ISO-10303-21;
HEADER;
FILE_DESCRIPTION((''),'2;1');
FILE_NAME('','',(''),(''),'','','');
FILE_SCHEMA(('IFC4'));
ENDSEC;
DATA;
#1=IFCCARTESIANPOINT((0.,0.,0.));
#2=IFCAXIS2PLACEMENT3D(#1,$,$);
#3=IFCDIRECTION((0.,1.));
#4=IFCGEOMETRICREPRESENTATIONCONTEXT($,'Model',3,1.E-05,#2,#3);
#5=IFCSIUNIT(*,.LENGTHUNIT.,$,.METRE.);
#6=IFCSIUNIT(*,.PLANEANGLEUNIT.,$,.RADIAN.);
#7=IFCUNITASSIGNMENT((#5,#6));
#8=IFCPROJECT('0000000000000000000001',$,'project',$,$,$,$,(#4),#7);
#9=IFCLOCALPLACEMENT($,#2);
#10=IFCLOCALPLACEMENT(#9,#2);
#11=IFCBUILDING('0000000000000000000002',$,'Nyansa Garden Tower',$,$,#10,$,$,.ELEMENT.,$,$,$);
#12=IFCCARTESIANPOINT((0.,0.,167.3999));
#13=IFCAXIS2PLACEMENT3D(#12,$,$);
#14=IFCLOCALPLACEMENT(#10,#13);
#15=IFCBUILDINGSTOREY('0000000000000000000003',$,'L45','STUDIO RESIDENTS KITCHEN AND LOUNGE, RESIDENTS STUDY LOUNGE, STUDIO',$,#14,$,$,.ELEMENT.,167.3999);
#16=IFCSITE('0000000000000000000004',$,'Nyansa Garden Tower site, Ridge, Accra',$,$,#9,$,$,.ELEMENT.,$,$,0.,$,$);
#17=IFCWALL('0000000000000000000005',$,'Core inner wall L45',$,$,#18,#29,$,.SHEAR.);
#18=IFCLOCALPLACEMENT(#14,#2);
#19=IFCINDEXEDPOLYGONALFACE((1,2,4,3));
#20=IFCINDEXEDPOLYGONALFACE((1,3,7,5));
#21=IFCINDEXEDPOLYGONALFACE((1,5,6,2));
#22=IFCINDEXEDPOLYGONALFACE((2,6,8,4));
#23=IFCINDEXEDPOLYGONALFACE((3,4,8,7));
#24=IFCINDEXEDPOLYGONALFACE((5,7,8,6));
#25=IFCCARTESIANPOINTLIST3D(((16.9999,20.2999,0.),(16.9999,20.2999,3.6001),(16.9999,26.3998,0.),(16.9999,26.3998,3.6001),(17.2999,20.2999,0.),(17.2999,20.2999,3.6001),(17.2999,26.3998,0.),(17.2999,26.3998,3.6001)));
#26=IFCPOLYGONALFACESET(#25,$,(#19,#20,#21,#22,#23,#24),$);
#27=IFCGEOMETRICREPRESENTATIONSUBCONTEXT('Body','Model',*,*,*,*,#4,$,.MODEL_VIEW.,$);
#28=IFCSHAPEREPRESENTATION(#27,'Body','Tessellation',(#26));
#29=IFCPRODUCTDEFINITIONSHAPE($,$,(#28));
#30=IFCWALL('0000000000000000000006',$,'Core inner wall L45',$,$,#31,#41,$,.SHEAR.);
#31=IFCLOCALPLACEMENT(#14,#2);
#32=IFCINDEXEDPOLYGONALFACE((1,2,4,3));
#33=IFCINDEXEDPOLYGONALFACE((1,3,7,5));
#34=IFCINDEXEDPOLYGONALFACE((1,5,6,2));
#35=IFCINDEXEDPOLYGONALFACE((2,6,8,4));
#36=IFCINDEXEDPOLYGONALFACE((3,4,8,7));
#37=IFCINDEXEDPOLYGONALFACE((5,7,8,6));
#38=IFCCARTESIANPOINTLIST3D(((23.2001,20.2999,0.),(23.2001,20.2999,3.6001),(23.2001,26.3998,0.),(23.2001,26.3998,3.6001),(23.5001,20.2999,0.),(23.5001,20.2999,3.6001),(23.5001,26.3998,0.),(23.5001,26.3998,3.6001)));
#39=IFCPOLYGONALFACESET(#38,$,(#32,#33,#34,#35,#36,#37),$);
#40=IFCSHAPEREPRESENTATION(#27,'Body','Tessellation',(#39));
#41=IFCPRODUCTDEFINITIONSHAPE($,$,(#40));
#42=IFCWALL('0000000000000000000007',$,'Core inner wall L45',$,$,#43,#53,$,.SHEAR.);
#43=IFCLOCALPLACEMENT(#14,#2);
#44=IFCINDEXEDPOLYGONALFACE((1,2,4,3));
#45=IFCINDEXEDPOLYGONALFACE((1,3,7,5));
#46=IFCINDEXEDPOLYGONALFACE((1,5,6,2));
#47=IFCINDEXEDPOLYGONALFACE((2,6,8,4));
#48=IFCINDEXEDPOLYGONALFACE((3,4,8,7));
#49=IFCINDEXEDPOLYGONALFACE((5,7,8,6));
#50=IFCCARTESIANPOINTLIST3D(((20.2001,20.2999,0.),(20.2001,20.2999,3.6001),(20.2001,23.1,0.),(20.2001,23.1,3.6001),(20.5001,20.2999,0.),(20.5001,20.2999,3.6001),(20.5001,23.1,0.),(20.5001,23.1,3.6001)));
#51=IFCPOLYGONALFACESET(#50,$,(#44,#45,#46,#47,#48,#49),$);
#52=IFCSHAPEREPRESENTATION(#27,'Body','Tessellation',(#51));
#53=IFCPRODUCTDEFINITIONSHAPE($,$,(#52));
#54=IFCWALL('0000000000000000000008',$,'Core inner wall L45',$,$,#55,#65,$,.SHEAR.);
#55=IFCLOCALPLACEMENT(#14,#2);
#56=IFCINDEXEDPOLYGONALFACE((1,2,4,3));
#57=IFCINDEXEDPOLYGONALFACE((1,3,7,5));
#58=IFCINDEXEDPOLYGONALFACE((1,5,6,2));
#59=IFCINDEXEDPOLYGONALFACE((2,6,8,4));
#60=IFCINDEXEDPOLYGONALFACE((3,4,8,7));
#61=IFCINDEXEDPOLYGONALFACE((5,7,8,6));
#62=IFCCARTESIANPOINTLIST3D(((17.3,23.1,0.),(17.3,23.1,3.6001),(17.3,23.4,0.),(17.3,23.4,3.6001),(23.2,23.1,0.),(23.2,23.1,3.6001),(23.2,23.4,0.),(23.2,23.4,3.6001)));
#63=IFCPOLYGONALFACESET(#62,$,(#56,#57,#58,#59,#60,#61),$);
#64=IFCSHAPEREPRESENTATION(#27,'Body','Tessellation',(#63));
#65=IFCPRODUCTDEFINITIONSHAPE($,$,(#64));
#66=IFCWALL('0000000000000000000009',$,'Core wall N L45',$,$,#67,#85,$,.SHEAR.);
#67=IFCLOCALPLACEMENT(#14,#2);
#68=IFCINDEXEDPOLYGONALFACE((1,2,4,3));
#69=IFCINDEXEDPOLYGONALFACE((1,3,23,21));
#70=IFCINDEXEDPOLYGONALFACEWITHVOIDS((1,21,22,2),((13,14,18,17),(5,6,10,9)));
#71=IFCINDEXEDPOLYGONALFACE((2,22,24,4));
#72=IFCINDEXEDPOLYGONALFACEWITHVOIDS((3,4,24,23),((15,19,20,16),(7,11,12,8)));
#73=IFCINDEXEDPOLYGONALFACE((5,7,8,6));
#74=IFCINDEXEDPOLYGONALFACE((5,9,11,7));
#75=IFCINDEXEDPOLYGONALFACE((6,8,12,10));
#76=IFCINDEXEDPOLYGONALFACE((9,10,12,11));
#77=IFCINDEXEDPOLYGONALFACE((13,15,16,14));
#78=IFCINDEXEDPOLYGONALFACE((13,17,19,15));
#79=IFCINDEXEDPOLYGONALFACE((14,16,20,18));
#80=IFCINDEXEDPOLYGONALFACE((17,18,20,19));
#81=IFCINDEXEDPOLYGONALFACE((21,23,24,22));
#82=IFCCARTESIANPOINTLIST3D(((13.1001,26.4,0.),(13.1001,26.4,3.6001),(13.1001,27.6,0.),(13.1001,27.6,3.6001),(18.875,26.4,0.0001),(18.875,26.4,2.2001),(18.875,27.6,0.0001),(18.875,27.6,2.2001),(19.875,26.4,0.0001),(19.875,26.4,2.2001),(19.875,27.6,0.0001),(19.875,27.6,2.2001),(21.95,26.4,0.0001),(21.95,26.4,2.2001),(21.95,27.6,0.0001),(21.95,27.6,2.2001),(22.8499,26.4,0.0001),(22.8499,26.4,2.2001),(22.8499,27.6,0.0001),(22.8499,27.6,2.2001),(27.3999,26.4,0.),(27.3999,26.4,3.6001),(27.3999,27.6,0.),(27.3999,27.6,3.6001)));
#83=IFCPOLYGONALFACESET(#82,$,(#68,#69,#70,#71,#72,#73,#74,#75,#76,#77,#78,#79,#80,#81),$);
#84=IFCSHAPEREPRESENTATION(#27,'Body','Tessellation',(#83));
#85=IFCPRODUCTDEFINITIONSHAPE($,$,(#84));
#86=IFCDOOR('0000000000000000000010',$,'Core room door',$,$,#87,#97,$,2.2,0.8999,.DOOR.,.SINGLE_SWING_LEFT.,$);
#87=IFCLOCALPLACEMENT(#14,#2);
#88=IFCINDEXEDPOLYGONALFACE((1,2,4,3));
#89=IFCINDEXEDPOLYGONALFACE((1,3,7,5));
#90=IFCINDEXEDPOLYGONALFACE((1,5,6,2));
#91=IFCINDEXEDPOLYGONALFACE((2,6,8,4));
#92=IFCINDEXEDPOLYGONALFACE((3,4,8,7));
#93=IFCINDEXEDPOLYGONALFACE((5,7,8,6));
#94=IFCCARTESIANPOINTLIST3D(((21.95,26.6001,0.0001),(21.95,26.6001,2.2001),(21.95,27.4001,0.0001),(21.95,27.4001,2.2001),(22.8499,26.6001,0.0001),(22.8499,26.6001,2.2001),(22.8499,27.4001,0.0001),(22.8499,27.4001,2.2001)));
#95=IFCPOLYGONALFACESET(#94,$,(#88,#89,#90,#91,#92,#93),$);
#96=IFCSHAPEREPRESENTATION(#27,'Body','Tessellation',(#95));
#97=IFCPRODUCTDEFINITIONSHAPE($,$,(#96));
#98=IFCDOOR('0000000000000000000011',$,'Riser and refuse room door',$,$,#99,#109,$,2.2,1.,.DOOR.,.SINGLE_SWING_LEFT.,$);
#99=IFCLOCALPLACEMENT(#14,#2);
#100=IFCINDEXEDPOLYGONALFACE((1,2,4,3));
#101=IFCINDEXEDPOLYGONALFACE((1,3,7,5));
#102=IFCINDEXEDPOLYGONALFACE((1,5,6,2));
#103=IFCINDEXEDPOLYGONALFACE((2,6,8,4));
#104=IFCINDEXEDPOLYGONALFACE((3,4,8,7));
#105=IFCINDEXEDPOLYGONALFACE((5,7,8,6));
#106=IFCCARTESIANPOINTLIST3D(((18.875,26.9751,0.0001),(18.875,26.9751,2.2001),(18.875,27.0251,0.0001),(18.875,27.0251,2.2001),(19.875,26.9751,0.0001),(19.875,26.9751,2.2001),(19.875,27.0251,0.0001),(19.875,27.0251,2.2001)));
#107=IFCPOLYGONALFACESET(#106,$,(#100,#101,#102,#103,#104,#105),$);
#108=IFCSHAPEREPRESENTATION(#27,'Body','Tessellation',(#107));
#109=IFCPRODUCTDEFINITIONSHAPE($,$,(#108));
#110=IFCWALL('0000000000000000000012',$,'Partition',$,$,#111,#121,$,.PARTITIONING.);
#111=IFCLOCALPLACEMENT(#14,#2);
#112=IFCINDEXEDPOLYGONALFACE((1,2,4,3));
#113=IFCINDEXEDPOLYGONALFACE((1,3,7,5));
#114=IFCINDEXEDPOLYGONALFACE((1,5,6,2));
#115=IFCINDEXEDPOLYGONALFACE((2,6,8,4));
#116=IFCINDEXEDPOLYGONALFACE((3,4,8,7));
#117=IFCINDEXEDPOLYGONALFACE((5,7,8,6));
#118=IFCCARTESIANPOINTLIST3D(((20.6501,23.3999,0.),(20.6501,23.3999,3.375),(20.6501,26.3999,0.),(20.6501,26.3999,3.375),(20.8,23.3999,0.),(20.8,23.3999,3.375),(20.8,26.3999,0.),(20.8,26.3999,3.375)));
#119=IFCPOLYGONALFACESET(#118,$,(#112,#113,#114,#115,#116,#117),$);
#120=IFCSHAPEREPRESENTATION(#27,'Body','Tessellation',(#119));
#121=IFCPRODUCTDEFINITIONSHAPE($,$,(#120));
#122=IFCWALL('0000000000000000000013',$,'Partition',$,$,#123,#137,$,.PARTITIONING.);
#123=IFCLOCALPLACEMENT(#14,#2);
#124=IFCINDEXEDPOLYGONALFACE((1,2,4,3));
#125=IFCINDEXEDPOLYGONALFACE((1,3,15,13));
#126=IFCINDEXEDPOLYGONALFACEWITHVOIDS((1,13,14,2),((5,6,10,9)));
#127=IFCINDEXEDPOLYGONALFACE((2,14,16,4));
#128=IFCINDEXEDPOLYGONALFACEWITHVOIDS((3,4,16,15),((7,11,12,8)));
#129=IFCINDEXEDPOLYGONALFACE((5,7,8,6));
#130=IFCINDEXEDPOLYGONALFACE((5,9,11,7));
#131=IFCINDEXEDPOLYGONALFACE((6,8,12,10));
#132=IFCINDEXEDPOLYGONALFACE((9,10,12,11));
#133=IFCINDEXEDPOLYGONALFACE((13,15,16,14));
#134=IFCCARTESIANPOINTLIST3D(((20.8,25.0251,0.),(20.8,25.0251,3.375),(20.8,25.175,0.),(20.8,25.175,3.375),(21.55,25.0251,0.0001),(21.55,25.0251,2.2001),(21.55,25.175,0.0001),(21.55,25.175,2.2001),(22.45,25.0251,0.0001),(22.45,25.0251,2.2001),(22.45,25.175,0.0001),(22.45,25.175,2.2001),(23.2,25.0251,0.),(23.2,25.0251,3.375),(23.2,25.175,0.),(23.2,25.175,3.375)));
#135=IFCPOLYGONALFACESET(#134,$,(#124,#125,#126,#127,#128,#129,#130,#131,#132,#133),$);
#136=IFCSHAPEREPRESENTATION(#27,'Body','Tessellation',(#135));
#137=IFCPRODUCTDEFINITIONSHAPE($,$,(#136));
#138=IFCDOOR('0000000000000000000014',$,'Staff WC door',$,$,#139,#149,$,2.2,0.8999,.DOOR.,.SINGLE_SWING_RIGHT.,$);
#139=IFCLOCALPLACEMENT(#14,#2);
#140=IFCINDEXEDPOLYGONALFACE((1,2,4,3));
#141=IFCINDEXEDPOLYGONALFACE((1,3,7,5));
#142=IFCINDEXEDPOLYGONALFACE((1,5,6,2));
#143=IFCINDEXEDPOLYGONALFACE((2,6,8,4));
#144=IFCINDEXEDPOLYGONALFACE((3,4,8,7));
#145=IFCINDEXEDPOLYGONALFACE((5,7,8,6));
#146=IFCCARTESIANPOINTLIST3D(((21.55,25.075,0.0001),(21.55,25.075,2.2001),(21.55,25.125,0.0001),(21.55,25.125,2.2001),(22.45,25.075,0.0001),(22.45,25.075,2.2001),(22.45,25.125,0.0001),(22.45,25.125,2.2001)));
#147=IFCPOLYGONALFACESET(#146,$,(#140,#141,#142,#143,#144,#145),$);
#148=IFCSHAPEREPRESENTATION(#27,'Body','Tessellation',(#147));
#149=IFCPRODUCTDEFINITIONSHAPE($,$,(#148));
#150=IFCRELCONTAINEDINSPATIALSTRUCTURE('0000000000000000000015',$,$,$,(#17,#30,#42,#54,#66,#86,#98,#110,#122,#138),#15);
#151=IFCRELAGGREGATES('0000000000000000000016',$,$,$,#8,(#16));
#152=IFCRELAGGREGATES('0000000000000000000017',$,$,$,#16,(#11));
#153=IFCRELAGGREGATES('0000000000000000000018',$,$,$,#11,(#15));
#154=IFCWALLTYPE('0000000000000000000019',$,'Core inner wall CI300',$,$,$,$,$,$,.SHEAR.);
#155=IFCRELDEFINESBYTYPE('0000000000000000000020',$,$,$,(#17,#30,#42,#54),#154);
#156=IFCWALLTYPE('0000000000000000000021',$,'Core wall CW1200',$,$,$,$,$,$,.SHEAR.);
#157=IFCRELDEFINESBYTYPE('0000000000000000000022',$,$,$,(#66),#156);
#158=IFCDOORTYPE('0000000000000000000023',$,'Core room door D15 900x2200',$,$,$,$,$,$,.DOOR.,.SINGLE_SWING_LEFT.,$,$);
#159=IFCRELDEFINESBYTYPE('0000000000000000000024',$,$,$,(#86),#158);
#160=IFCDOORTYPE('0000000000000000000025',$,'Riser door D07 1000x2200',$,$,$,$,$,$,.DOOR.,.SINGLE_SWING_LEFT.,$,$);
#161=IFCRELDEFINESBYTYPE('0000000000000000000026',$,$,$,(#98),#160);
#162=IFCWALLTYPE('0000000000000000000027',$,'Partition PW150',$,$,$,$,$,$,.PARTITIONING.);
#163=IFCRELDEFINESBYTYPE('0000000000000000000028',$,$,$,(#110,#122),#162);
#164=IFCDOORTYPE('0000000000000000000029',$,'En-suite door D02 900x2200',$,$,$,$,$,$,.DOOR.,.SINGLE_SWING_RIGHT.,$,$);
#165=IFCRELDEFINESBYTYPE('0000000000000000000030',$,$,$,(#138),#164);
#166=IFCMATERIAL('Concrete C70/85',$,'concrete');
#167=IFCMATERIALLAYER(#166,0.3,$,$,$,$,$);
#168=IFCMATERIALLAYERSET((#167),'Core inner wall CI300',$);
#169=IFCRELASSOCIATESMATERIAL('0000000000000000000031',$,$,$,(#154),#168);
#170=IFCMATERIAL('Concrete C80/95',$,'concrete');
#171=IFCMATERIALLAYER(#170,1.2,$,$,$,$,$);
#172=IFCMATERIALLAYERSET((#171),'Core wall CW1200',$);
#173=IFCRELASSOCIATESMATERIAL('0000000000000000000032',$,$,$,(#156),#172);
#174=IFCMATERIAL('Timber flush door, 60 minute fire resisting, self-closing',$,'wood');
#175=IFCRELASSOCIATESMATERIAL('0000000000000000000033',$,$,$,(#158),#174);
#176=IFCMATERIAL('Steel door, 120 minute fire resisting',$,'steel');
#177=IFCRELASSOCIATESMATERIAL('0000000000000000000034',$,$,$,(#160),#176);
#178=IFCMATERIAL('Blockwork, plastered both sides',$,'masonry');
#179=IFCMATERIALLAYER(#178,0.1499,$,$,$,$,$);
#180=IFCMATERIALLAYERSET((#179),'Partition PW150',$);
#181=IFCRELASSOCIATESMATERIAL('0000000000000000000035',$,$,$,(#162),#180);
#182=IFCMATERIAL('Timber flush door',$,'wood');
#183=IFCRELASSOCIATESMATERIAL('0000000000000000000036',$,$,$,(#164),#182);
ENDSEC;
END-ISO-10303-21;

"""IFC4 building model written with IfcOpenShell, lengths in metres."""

from ifc_helpers import new_model, si_unit, direction, frame, frame_2d, origin, place, context, subcontext, project, spatial, rectangle, extrude, material, layer, layer_set, type_object, element, fill, save


model = new_model("IFC4")

# Units and contexts
model_context = context("Model", 3, precision=1e-05, world=origin(), true_north=direction((0.0, 1.0)))
body_context = subcontext(model_context, "Body", "Model", "MODEL_VIEW")
ifc_project = project(units=[si_unit("LENGTHUNIT", "METRE"), si_unit("PLANEANGLEUNIT", "RADIAN")], contexts=[model_context])

# Site, building, storey
site_placement = place(None, origin())
site = spatial("IfcSite", under=ifc_project, at=site_placement, Name="Nyansa Garden Tower site, Ridge, Accra", CompositionType="ELEMENT", RefElevation=0.0)
building_placement = place(site_placement, origin())
building = spatial("IfcBuilding", under=site, at=building_placement, Name="Nyansa Garden Tower", CompositionType="ELEMENT")
storey_placement = place(building_placement, frame((0.0, 0.0, 167.3999)))
storey = spatial("IfcBuildingStorey", under=building, at=storey_placement, Name="L45", Description="STUDIO RESIDENTS KITCHEN AND LOUNGE, RESIDENTS STUDY LOUNGE, STUDIO", CompositionType="ELEMENT", Elevation=167.3999)

# Walls
ifc_material_1 = material(Name="Concrete C70/85", Category="concrete")
ifc_layer_1 = layer(ifc_material_1, 0.3)
ifc_layer_set_1 = layer_set([ifc_layer_1], Name="Core inner wall CI300")
wall_type_1 = type_object("IfcWallType", Name="Core inner wall CI300", PredefinedType="SHEAR", material=ifc_layer_set_1)
for number, where, z_axis, x_axis, name in (
    (1, (17.1499, 20.3, 0.0), (0.0, 0.0, 1.0), (0.0, 1.0, 0.0), "Core inner wall L45"),
    (2, (23.3501, 20.3, 0.0), (0.0, 0.0, 1.0), (0.0, 1.0, 0.0), "Core inner wall L45"),
):
    element("IfcWall", number, at=place(storey_placement, frame(where, z_axis=z_axis, x_axis=x_axis)), inside=storey, type_object=wall_type_1, Name=name, PredefinedType="SHEAR", context=body_context, shape_type="SweptSolid", body=[
        extrude(rectangle(XDim=6.0999, YDim=0.3, at=frame_2d((3.0498, 0.0))), origin(), (0.0, 0.0, 1.0), 3.6001),
    ])
wall_1_placement = place(storey_placement, frame((20.3501, 20.3, 0.0), z_axis=(0.0, 0.0, 1.0), x_axis=(0.0, 1.0, 0.0)))
element("IfcWall", 3, at=wall_1_placement, inside=storey, type_object=wall_type_1, Name="Core inner wall L45", PredefinedType="SHEAR", context=body_context, shape_type="SweptSolid", body=[
    extrude(rectangle(XDim=2.8, YDim=0.3, at=frame_2d((1.3999, 0.0))), origin(), (0.0, 0.0, 1.0), 3.6001),
])
wall_2_placement = place(storey_placement, frame((17.3, 23.25, 0.0), z_axis=(0.0, 0.0, 1.0), x_axis=(1.0, 0.0, 0.0)))
element("IfcWall", 4, at=wall_2_placement, inside=storey, type_object=wall_type_1, Name="Core inner wall L45", PredefinedType="SHEAR", context=body_context, shape_type="SweptSolid", body=[
    extrude(rectangle(XDim=5.8999, YDim=0.3, at=frame_2d((2.95, 0.0))), origin(), (0.0, 0.0, 1.0), 3.6001),
])

# Wall, openings, doors
ifc_material_2 = material(Name="Concrete C80/95", Category="concrete")
ifc_layer_2 = layer(ifc_material_2, 1.2)
ifc_layer_set_2 = layer_set([ifc_layer_2], Name="Core wall CW1200")
wall_type_2 = type_object("IfcWallType", Name="Core wall CW1200", PredefinedType="SHEAR", material=ifc_layer_set_2)
wall_3_placement = place(storey_placement, frame((27.3999, 27.0, 0.0), z_axis=(0.0, 0.0, 1.0), x_axis=(-1.0, 0.0, 0.0)))
wall_3 = element("IfcWall", 5, at=wall_3_placement, inside=storey, type_object=wall_type_2, Name="Core wall N L45", PredefinedType="SHEAR", context=body_context, shape_type="SweptSolid", body=[
    extrude(rectangle(XDim=14.2998, YDim=1.2, at=frame_2d((7.1499, 0.0))), origin(), (0.0, 0.0, 1.0), 3.6001),
])
opening_1_placement = place(wall_3_placement, frame((4.55, 0.0, 0.0)))
opening_1 = element("IfcOpeningElement", 6, at=opening_1_placement, cuts=wall_3, PredefinedType="OPENING", context=body_context, shape_type="SweptSolid", body=[
    extrude(rectangle(XDim=0.8999, YDim=2.2, at=frame_2d((0.45, 1.1001))), frame((0.0, 0.6099, 0.0), z_axis=(0.0, -1.0, 0.0), x_axis=(1.0, 0.0, 0.0)), (0.0, 0.0, 1.0), 1.22),
])
opening_2_placement = place(wall_3_placement, frame((7.5249, 0.0, 0.0)))
opening_2 = element("IfcOpeningElement", 7, at=opening_2_placement, cuts=wall_3, PredefinedType="OPENING", context=body_context, shape_type="SweptSolid", body=[
    extrude(rectangle(XDim=1.0, YDim=2.2, at=frame_2d((0.5, 1.1001))), frame((0.0, 0.6099, 0.0), z_axis=(0.0, -1.0, 0.0), x_axis=(1.0, 0.0, 0.0)), (0.0, 0.0, 1.0), 1.22),
])
ifc_material_3 = material(Name="Timber flush door, 60 minute fire resisting, self-closing", Category="wood")
door_type_1 = type_object("IfcDoorType", Name="Core room door D15 900x2200", OperationType="SINGLE_SWING_LEFT", PredefinedType="DOOR", material=ifc_material_3)
door_1_placement = place(opening_1_placement, origin())
door_1 = element("IfcDoor", 8, at=door_1_placement, inside=storey, type_object=door_type_1, Name="Core room door", OperationType="SINGLE_SWING_LEFT", OverallHeight=2.2, OverallWidth=0.8999, PredefinedType="DOOR", context=body_context, shape_type="SweptSolid", body=[
    extrude(rectangle(XDim=0.8999, YDim=2.2, at=frame_2d((0.45, 1.1001))), frame((0.0, 0.3999, 0.0), z_axis=(0.0, -1.0, 0.0), x_axis=(1.0, 0.0, 0.0)), (0.0, 0.0, 1.0), 0.8),
])
fill(opening_1, door_1)
ifc_material_4 = material(Name="Steel door, 120 minute fire resisting", Category="steel")
door_type_2 = type_object("IfcDoorType", Name="Riser door D07 1000x2200", OperationType="SINGLE_SWING_LEFT", PredefinedType="DOOR", material=ifc_material_4)
door_2_placement = place(opening_2_placement, origin())
door_2 = element("IfcDoor", 9, at=door_2_placement, inside=storey, type_object=door_type_2, Name="Riser and refuse room door", OperationType="SINGLE_SWING_LEFT", OverallHeight=2.2, OverallWidth=1.0, PredefinedType="DOOR", context=body_context, shape_type="SweptSolid", body=[
    extrude(rectangle(XDim=1.0, YDim=2.2, at=frame_2d((0.5, 1.1001))), frame((0.0, 0.0249, 0.0), z_axis=(0.0, -1.0, 0.0), x_axis=(1.0, 0.0, 0.0)), (0.0, 0.0, 1.0), 0.05),
])
fill(opening_2, door_2)

# Wall
ifc_material_5 = material(Name="Blockwork, plastered both sides", Category="masonry")
ifc_layer_3 = layer(ifc_material_5, 0.1499)
ifc_layer_set_3 = layer_set([ifc_layer_3], Name="Partition PW150")
wall_type_3 = type_object("IfcWallType", Name="Partition PW150", PredefinedType="PARTITIONING", material=ifc_layer_set_3)
wall_4_placement = place(storey_placement, frame((20.7251, 23.3999, 0.0), z_axis=(0.0, 0.0, 1.0), x_axis=(0.0, 1.0, 0.0)))
element("IfcWall", 10, at=wall_4_placement, inside=storey, type_object=wall_type_3, Name="Partition", PredefinedType="PARTITIONING", context=body_context, shape_type="SweptSolid", body=[
    extrude(rectangle(XDim=3.0, YDim=0.1499, at=frame_2d((1.5, 0.0))), origin(), (0.0, 0.0, 1.0), 3.375),
])

# Wall, opening, door
wall_5_placement = place(storey_placement, frame((20.8, 25.1001, 0.0), z_axis=(0.0, 0.0, 1.0), x_axis=(1.0, 0.0, 0.0)))
wall_5 = element("IfcWall", 11, at=wall_5_placement, inside=storey, type_object=wall_type_3, Name="Partition", PredefinedType="PARTITIONING", context=body_context, shape_type="SweptSolid", body=[
    extrude(rectangle(XDim=2.3999, YDim=0.1499, at=frame_2d((1.2, 0.0))), origin(), (0.0, 0.0, 1.0), 3.375),
])
opening_3_placement = place(wall_5_placement, frame((0.75, 0.0, 0.0)))
opening_3 = element("IfcOpeningElement", 12, at=opening_3_placement, cuts=wall_5, PredefinedType="OPENING", context=body_context, shape_type="SweptSolid", body=[
    extrude(rectangle(XDim=0.8999, YDim=2.2, at=frame_2d((0.45, 1.1001))), frame((0.0, 0.085, 0.0), z_axis=(0.0, -1.0, 0.0), x_axis=(1.0, 0.0, 0.0)), (0.0, 0.0, 1.0), 0.1699),
])
ifc_material_6 = material(Name="Timber flush door", Category="wood")
door_type_3 = type_object("IfcDoorType", Name="En-suite door D02 900x2200", OperationType="SINGLE_SWING_RIGHT", PredefinedType="DOOR", material=ifc_material_6)
door_3_placement = place(opening_3_placement, origin())
door_3 = element("IfcDoor", 13, at=door_3_placement, inside=storey, type_object=door_type_3, Name="Staff WC door", OperationType="SINGLE_SWING_RIGHT", OverallHeight=2.2, OverallWidth=0.8999, PredefinedType="DOOR", context=body_context, shape_type="SweptSolid", body=[
    extrude(rectangle(XDim=0.8999, YDim=2.2, at=frame_2d((0.45, 1.1001))), frame((0.0, 0.0249, 0.0), z_axis=(0.0, -1.0, 0.0), x_axis=(1.0, 0.0, 0.0)), (0.0, 0.0, 1.0), 0.05),
])
fill(opening_3, door_3)

save(model, "model.ifc")
